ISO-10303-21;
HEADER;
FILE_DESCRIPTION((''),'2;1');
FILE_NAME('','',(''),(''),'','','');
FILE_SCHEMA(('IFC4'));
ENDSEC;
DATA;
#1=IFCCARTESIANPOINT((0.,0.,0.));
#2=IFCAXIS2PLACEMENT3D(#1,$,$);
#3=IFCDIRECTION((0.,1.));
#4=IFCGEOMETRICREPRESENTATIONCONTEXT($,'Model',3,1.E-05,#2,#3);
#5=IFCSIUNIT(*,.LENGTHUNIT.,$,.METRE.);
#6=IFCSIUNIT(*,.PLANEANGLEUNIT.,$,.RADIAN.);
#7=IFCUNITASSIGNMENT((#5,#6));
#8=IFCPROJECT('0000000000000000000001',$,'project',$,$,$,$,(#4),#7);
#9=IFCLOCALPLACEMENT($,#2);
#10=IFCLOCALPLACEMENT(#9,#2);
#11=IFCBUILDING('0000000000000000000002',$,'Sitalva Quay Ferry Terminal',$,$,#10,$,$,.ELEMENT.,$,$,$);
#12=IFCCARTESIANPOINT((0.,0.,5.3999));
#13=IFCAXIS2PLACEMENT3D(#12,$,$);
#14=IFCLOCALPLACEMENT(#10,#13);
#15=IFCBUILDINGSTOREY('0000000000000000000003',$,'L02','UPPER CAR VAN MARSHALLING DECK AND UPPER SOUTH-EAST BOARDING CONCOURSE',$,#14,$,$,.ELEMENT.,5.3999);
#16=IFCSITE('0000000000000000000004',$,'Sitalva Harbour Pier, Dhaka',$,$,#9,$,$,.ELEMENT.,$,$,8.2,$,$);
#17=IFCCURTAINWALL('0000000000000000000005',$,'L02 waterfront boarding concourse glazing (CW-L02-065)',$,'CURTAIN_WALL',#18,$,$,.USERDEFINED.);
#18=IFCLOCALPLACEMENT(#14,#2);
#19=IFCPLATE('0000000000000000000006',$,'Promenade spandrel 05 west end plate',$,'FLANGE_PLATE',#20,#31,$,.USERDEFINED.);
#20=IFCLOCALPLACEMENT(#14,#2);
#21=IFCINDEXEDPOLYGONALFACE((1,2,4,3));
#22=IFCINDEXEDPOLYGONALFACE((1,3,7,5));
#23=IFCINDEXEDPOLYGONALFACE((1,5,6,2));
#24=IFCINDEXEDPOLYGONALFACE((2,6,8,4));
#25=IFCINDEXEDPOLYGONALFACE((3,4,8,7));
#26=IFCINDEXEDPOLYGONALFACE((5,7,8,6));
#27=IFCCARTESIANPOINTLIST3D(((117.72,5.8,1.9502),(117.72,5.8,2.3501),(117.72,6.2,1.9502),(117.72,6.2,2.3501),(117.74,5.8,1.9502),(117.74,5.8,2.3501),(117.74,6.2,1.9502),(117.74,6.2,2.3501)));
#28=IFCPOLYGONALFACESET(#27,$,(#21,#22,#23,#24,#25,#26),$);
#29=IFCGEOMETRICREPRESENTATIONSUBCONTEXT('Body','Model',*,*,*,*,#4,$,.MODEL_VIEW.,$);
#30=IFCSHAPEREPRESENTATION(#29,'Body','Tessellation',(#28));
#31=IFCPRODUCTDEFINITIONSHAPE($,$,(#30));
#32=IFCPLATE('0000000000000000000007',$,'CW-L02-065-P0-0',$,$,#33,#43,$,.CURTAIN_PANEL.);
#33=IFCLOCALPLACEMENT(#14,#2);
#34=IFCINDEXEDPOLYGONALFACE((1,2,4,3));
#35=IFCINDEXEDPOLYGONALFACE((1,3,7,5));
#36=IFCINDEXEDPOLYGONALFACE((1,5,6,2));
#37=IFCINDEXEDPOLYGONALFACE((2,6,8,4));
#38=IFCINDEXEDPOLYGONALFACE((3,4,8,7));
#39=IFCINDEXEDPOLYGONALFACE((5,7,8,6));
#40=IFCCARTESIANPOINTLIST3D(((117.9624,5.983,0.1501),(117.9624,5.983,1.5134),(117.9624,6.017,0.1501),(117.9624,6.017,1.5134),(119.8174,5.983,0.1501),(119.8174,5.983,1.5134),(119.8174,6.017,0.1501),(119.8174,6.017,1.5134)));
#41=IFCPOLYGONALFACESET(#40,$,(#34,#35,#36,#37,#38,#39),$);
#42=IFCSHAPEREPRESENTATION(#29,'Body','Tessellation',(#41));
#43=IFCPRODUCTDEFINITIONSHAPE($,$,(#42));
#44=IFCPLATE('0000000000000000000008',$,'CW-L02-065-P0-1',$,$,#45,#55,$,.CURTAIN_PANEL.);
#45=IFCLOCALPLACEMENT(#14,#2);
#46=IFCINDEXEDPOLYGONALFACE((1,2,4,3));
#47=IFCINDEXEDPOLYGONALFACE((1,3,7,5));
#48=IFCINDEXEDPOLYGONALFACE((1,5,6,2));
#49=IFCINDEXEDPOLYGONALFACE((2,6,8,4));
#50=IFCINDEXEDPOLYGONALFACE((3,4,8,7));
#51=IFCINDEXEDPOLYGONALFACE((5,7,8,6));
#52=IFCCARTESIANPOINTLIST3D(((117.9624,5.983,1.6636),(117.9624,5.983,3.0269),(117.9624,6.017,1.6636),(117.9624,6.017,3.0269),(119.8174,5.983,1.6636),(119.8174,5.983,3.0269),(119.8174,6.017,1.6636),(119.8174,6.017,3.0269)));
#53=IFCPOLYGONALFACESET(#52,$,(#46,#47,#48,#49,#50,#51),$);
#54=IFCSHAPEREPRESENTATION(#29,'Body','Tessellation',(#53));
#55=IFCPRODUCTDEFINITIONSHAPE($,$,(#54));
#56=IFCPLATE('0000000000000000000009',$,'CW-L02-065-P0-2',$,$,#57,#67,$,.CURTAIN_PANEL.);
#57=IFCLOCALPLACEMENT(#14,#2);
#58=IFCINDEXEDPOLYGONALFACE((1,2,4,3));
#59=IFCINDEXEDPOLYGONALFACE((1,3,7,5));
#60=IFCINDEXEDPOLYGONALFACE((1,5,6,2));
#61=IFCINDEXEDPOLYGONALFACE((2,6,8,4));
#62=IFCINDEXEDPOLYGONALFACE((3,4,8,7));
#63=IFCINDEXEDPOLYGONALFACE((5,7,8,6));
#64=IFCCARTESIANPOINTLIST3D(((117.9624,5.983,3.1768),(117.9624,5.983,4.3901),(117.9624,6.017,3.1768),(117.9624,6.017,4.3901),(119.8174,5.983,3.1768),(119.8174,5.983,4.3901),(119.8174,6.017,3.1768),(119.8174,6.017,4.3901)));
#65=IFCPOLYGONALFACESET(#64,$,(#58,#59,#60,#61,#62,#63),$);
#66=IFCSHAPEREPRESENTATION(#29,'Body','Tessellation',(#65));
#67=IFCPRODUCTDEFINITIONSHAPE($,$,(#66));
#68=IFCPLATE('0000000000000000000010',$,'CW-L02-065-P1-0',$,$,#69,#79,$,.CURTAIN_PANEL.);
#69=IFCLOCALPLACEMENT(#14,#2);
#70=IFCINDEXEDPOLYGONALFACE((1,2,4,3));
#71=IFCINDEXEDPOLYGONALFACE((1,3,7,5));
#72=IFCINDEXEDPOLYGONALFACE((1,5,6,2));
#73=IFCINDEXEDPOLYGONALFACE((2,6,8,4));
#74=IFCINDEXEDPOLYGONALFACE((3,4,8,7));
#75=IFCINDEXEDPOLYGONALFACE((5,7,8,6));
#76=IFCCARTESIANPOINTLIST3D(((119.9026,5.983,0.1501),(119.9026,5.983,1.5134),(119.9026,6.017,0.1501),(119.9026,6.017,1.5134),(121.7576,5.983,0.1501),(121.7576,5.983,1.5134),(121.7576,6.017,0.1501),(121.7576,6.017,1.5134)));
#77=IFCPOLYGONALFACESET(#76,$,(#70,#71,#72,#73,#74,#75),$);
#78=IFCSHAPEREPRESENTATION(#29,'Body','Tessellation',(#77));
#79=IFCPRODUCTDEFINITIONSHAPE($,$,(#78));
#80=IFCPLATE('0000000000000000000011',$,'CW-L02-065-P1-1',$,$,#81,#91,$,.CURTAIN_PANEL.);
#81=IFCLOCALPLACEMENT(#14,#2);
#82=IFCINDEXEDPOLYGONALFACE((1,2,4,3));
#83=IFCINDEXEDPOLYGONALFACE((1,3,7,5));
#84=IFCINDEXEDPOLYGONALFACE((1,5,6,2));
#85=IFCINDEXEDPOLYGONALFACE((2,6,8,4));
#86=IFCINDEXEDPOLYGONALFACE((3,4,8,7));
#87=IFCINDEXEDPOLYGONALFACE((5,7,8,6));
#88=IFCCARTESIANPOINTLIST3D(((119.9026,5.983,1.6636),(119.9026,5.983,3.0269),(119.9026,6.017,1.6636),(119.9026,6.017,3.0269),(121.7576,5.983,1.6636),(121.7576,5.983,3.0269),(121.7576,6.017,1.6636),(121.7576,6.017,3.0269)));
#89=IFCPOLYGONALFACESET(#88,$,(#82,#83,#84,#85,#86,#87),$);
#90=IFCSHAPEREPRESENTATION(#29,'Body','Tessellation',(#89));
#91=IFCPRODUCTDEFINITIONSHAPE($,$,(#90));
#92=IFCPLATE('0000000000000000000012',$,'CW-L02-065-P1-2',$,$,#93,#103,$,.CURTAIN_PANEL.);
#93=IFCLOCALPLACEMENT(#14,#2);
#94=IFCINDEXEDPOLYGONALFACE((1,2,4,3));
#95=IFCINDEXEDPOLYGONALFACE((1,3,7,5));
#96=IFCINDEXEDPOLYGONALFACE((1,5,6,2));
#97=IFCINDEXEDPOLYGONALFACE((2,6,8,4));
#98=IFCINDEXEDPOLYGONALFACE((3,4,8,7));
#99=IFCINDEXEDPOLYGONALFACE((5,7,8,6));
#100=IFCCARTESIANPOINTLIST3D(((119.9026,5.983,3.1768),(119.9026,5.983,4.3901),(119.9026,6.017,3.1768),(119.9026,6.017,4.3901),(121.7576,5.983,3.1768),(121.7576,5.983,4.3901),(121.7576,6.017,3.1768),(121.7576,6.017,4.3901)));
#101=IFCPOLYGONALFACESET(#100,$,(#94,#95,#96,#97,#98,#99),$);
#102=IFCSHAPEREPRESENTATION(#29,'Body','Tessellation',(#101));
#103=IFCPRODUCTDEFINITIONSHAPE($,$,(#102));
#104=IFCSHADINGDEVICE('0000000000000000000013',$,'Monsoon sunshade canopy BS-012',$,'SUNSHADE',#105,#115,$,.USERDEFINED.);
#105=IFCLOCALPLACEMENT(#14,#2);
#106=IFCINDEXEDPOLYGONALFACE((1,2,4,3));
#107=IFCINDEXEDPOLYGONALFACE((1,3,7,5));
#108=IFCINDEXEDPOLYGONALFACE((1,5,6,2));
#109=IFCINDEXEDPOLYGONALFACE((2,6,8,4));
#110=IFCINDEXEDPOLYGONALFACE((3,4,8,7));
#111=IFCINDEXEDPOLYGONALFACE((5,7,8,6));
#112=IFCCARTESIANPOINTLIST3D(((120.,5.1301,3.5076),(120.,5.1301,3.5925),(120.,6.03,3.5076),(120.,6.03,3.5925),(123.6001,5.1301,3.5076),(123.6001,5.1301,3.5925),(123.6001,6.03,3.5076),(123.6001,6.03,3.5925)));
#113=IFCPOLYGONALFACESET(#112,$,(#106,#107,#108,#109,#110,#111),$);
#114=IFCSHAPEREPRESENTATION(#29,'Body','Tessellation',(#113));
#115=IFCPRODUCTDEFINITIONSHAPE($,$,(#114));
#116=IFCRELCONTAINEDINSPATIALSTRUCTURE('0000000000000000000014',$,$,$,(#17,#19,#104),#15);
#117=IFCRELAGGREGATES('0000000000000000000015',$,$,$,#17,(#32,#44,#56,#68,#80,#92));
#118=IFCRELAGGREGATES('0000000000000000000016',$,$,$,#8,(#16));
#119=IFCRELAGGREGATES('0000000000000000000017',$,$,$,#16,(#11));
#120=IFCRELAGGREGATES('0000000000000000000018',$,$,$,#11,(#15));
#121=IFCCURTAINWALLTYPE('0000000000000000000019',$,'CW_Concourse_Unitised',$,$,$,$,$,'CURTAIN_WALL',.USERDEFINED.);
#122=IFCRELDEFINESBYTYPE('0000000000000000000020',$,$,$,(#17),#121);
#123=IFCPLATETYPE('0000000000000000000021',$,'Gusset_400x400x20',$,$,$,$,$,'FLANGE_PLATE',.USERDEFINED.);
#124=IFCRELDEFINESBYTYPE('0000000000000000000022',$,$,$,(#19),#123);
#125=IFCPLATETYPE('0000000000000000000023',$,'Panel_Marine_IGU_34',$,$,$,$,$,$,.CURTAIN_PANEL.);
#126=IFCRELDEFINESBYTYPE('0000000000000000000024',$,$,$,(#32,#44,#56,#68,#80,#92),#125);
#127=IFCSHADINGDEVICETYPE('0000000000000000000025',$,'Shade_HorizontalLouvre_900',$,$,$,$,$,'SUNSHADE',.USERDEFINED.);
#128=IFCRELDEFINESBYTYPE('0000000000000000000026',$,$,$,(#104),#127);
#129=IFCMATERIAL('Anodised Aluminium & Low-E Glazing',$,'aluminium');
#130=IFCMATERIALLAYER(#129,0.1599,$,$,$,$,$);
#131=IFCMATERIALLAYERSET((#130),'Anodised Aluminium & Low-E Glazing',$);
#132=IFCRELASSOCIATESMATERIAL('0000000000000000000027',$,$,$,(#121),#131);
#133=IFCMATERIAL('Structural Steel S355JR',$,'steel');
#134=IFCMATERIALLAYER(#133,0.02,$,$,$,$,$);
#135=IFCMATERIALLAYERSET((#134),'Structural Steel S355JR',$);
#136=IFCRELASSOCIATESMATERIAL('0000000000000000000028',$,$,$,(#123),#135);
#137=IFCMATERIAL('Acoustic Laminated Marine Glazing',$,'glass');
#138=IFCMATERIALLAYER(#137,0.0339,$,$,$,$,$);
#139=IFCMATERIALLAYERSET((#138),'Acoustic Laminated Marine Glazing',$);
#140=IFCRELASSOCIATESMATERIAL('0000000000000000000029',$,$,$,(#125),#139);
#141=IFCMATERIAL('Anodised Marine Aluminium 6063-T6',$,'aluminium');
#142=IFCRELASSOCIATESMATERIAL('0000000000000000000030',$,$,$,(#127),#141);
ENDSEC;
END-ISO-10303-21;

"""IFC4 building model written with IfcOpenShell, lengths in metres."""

from ifc_helpers import new_model, si_unit, direction, frame, origin, origin_2d, place, context, subcontext, project, spatial, rectangle, extrude, material, layer, layer_set, type_object, element, aggregate, save


model = new_model("IFC4")

# Units and contexts
model_context = context("Model", 3, precision=1e-05, world=origin(), true_north=direction((0.0, 1.0)))
body_context = subcontext(model_context, "Body", "Model", "MODEL_VIEW")
ifc_project = project(units=[si_unit("LENGTHUNIT", "METRE"), si_unit("PLANEANGLEUNIT", "RADIAN")], contexts=[model_context])

# Site, building, storey
site_placement = place(None, origin())
site = spatial("IfcSite", under=ifc_project, at=site_placement, Name="Sitalva Harbour Pier, Dhaka", CompositionType="ELEMENT", RefElevation=8.2)
building_placement = place(site_placement, origin())
building = spatial("IfcBuilding", under=site, at=building_placement, Name="Sitalva Quay Ferry Terminal", CompositionType="ELEMENT")
storey_placement = place(building_placement, frame((0.0, 0.0, 5.3999)))
storey = spatial("IfcBuildingStorey", under=building, at=storey_placement, Name="L02", Description="UPPER CAR VAN MARSHALLING DECK AND UPPER SOUTH-EAST BOARDING CONCOURSE", CompositionType="ELEMENT", Elevation=5.3999)

# Curtain wall
ifc_material_1 = material(Name="Anodised Aluminium & Low-E Glazing", Category="aluminium")
ifc_layer_1 = layer(ifc_material_1, 0.1599)
ifc_layer_set_1 = layer_set([ifc_layer_1], Name="Anodised Aluminium & Low-E Glazing")
curtain_wall_type = type_object("IfcCurtainWallType", Name="CW_Concourse_Unitised", ElementType="CURTAIN_WALL", PredefinedType="USERDEFINED", material=ifc_layer_set_1)
curtain_wall_placement = place(storey_placement, origin())
curtain_wall = element("IfcCurtainWall", 1, at=curtain_wall_placement, inside=storey, type_object=curtain_wall_type, Name="L02 waterfront boarding concourse glazing (CW-L02-065)", ObjectType="CURTAIN_WALL", PredefinedType="USERDEFINED")

# Plate
ifc_material_2 = material(Name="Structural Steel S355JR", Category="steel")
ifc_layer_2 = layer(ifc_material_2, 0.02)
ifc_layer_set_2 = layer_set([ifc_layer_2], Name="Structural Steel S355JR")
plate_type_1 = type_object("IfcPlateType", Name="Gusset_400x400x20", ElementType="FLANGE_PLATE", PredefinedType="USERDEFINED", material=ifc_layer_set_2)
for number, where, z_axis, x_axis, name in (
    (2, (117.73, 6.0, 1.9502), (0.0, 0.0, 1.0), (1.0, 0.0, 0.0), "Promenade spandrel 05 west end plate"),
):
    element("IfcPlate", number, at=place(storey_placement, frame(where, z_axis=z_axis, x_axis=x_axis)), inside=storey, type_object=plate_type_1, Name=name, ObjectType="FLANGE_PLATE", PredefinedType="USERDEFINED", context=body_context, shape_type="SweptSolid", body=[
        extrude(rectangle(XDim=0.02, YDim=0.3999, at=origin_2d()), origin(), (0.0, 0.0, 1.0), 0.3999),
    ])

# Plates
ifc_material_3 = material(Name="Acoustic Laminated Marine Glazing", Category="glass")
ifc_layer_3 = layer(ifc_material_3, 0.0339)
ifc_layer_set_3 = layer_set([ifc_layer_3], Name="Acoustic Laminated Marine Glazing")
plate_type_2 = type_object("IfcPlateType", Name="Panel_Marine_IGU_34", PredefinedType="CURTAIN_PANEL", material=ifc_layer_set_3)
plate_1_placement = place(storey_placement, frame((118.8899, 6.0, 0.1501), z_axis=(0.0, 0.0, 1.0), x_axis=(1.0, 0.0, 0.0)))
plate_1 = element("IfcPlate", 3, at=plate_1_placement, type_object=plate_type_2, Name="CW-L02-065-P0-0", PredefinedType="CURTAIN_PANEL", context=body_context, shape_type="SweptSolid", body=[
    extrude(rectangle(XDim=1.855, YDim=0.0339, at=origin_2d()), origin(), (0.0, 0.0, 1.0), 1.3633),
])
plate_2_placement = place(storey_placement, frame((118.8899, 6.0, 1.6636), z_axis=(0.0, 0.0, 1.0), x_axis=(1.0, 0.0, 0.0)))
plate_2 = element("IfcPlate", 4, at=plate_2_placement, type_object=plate_type_2, Name="CW-L02-065-P0-1", PredefinedType="CURTAIN_PANEL", context=body_context, shape_type="SweptSolid", body=[
    extrude(rectangle(XDim=1.855, YDim=0.0339, at=origin_2d()), origin(), (0.0, 0.0, 1.0), 1.3633),
])
plate_3_placement = place(storey_placement, frame((118.8899, 6.0, 3.1768), z_axis=(0.0, 0.0, 1.0), x_axis=(1.0, 0.0, 0.0)))
plate_3 = element("IfcPlate", 5, at=plate_3_placement, type_object=plate_type_2, Name="CW-L02-065-P0-2", PredefinedType="CURTAIN_PANEL", context=body_context, shape_type="SweptSolid", body=[
    extrude(rectangle(XDim=1.855, YDim=0.0339, at=origin_2d()), origin(), (0.0, 0.0, 1.0), 1.2134),
])
plate_4_placement = place(storey_placement, frame((120.8301, 6.0, 0.1501), z_axis=(0.0, 0.0, 1.0), x_axis=(1.0, 0.0, 0.0)))
plate_4 = element("IfcPlate", 6, at=plate_4_placement, type_object=plate_type_2, Name="CW-L02-065-P1-0", PredefinedType="CURTAIN_PANEL", context=body_context, shape_type="SweptSolid", body=[
    extrude(rectangle(XDim=1.855, YDim=0.0339, at=origin_2d()), origin(), (0.0, 0.0, 1.0), 1.3633),
])
plate_5_placement = place(storey_placement, frame((120.8301, 6.0, 1.6636), z_axis=(0.0, 0.0, 1.0), x_axis=(1.0, 0.0, 0.0)))
plate_5 = element("IfcPlate", 7, at=plate_5_placement, type_object=plate_type_2, Name="CW-L02-065-P1-1", PredefinedType="CURTAIN_PANEL", context=body_context, shape_type="SweptSolid", body=[
    extrude(rectangle(XDim=1.855, YDim=0.0339, at=origin_2d()), origin(), (0.0, 0.0, 1.0), 1.3633),
])
plate_6_placement = place(storey_placement, frame((120.8301, 6.0, 3.1768), z_axis=(0.0, 0.0, 1.0), x_axis=(1.0, 0.0, 0.0)))
plate_6 = element("IfcPlate", 8, at=plate_6_placement, type_object=plate_type_2, Name="CW-L02-065-P1-2", PredefinedType="CURTAIN_PANEL", context=body_context, shape_type="SweptSolid", body=[
    extrude(rectangle(XDim=1.855, YDim=0.0339, at=origin_2d()), origin(), (0.0, 0.0, 1.0), 1.2134),
])
aggregate(curtain_wall, [plate_1, plate_2, plate_3, plate_4, plate_5, plate_6])

# Shading device
ifc_material_4 = material(Name="Anodised Marine Aluminium 6063-T6", Category="aluminium")
shading_device_type = type_object("IfcShadingDeviceType", Name="Shade_HorizontalLouvre_900", ElementType="SUNSHADE", PredefinedType="USERDEFINED", material=ifc_material_4)
shading_device_placement = place(storey_placement, frame((121.8, 5.5801, 3.5076), z_axis=(0.0, 0.0, 1.0), x_axis=(1.0, 0.0, 0.0)))
element("IfcShadingDevice", 9, at=shading_device_placement, inside=storey, type_object=shading_device_type, Name="Monsoon sunshade canopy BS-012", ObjectType="SUNSHADE", PredefinedType="USERDEFINED", context=body_context, shape_type="SweptSolid", body=[
    extrude(rectangle(XDim=3.6001, YDim=0.8999, at=origin_2d()), origin(), (0.0, 0.0, 1.0), 0.085),
])

save(model, "model.ifc")
